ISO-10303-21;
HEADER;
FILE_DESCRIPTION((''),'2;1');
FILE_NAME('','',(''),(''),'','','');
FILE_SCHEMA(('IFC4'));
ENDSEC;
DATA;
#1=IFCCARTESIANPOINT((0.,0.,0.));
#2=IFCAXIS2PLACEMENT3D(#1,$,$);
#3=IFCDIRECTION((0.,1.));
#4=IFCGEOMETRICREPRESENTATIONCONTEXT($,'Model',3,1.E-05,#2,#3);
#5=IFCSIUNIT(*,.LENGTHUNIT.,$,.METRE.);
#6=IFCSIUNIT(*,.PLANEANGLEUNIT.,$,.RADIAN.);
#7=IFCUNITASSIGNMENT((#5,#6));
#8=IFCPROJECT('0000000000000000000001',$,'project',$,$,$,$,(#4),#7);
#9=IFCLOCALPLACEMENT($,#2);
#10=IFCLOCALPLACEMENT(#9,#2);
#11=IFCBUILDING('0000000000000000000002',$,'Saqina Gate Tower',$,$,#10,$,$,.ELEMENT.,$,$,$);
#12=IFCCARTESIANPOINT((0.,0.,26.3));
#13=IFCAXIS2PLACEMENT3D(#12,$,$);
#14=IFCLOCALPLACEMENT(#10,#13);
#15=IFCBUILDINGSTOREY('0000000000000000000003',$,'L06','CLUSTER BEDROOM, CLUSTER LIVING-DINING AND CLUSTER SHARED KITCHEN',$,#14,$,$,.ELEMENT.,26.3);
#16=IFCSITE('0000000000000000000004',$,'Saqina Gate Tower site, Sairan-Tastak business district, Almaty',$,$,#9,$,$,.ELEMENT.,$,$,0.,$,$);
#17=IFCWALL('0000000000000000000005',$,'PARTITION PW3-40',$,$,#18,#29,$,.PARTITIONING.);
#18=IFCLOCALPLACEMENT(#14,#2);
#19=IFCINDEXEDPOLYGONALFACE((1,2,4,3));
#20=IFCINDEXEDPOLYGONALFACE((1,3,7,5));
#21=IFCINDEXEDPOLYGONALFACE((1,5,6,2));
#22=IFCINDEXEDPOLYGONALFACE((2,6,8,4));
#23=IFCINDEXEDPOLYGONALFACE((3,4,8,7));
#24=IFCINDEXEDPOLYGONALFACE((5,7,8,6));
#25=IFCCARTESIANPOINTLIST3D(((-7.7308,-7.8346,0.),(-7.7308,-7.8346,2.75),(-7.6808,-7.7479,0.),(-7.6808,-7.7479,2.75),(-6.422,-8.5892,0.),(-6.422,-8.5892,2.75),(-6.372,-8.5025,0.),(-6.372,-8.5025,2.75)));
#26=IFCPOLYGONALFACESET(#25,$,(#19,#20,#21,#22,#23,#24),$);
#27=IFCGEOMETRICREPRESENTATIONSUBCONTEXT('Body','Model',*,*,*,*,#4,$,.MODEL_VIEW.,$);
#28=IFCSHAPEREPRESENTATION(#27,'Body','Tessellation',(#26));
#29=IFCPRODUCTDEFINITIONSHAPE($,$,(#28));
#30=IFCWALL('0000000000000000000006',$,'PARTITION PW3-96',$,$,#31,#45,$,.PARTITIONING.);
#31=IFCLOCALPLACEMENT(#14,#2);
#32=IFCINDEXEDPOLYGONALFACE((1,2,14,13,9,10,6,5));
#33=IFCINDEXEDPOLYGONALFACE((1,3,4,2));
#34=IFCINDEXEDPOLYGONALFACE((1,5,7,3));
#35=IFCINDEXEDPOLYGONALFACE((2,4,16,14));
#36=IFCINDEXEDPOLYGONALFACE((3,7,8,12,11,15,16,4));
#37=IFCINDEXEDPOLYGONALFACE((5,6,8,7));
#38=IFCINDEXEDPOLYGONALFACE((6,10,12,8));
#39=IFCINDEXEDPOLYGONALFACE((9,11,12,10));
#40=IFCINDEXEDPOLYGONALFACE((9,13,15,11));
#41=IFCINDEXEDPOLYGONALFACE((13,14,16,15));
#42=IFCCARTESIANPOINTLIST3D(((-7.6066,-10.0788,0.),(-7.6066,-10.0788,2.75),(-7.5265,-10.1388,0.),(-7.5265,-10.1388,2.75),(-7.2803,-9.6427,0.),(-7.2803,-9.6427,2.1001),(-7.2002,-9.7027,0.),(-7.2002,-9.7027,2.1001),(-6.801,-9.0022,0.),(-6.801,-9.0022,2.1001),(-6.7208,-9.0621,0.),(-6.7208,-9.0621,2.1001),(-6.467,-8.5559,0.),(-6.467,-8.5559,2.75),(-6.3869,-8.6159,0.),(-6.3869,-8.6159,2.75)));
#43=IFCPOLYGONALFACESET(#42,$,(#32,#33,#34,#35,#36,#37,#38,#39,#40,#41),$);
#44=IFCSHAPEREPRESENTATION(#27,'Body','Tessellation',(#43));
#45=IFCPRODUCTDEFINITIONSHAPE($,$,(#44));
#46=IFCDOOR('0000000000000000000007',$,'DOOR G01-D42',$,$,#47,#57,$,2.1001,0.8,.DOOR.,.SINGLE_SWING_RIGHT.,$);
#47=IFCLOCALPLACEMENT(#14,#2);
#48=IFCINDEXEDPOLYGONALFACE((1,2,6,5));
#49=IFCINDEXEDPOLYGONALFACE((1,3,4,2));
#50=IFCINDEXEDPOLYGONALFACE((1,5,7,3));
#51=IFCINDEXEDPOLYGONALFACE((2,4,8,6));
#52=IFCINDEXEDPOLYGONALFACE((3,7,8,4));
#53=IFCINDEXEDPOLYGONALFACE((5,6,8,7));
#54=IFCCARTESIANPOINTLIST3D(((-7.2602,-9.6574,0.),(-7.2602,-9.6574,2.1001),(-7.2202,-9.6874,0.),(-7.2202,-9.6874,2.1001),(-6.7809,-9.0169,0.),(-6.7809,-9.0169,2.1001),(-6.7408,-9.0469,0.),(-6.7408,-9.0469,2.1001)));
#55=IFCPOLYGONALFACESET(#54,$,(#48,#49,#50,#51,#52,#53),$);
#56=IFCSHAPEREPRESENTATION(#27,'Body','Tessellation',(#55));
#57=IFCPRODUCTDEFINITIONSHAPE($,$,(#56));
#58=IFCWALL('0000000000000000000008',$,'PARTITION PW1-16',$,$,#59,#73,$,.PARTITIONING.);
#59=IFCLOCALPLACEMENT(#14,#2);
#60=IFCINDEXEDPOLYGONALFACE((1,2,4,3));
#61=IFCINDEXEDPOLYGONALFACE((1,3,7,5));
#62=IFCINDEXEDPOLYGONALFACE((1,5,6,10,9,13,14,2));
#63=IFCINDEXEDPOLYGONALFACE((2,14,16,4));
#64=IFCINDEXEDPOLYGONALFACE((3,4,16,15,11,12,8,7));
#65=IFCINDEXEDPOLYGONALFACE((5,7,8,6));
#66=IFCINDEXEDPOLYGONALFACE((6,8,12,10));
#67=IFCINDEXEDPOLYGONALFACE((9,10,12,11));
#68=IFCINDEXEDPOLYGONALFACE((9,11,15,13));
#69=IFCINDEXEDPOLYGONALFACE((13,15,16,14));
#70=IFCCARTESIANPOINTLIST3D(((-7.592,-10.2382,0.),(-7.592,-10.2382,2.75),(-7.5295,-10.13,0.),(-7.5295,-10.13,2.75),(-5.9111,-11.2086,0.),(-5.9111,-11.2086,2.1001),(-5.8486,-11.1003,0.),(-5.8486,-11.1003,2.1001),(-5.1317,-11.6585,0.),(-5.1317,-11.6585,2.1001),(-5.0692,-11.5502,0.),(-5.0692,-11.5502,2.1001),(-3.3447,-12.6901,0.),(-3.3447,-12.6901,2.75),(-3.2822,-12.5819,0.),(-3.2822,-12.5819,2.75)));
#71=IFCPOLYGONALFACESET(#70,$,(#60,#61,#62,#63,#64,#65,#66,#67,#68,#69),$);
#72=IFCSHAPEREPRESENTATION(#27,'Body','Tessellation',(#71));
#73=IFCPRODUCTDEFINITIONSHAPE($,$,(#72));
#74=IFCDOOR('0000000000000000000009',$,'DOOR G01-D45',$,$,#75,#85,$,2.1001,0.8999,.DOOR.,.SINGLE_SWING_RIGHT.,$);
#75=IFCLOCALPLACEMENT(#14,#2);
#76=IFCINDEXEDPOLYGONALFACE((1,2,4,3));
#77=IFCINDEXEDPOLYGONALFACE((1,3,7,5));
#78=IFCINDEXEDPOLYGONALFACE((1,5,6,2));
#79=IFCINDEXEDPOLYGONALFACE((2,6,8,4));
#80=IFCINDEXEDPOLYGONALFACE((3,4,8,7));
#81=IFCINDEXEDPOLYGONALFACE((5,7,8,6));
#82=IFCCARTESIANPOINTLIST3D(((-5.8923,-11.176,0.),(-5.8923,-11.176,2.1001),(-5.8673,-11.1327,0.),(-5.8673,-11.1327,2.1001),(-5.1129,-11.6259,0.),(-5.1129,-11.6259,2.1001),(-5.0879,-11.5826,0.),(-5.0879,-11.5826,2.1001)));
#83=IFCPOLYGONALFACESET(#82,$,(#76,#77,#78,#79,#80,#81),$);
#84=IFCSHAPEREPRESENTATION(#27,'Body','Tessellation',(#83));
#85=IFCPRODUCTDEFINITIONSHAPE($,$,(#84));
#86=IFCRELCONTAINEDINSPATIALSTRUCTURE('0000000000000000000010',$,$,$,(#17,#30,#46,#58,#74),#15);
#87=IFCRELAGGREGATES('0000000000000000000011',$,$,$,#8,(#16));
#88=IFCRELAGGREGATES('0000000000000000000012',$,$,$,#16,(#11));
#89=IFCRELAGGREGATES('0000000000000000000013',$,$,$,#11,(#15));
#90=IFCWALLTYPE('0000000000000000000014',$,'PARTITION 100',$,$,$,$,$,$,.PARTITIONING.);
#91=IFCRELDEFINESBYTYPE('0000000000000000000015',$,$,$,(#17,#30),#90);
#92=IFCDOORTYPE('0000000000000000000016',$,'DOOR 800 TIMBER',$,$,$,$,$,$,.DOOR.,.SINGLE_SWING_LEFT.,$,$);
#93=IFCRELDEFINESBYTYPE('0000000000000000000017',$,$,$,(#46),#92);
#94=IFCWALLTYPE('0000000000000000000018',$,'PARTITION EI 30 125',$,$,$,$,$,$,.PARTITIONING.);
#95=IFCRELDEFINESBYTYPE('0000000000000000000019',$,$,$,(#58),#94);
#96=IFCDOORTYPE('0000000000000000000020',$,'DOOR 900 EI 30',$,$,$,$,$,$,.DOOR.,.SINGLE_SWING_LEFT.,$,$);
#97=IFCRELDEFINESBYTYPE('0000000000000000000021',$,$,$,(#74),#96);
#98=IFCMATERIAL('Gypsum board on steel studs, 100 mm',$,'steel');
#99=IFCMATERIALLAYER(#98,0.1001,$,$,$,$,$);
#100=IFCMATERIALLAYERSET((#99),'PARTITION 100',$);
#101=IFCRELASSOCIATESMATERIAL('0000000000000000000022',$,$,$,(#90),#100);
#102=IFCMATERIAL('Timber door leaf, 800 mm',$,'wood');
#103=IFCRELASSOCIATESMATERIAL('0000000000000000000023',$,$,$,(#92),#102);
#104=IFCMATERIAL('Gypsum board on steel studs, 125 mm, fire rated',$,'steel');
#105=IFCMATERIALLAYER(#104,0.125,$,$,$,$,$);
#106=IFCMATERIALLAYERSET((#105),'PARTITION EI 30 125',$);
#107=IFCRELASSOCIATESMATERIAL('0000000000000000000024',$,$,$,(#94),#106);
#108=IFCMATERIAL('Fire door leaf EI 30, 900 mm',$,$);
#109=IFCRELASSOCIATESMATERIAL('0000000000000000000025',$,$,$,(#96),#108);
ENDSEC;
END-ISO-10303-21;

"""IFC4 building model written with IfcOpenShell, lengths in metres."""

from ifc_helpers import new_model, si_unit, direction, frame, frame_2d, origin, place, context, subcontext, project, spatial, rectangle, extrude, material, layer, layer_set, type_object, element, fill, save


model = new_model("IFC4")

# Units and contexts
model_context = context("Model", 3, precision=1e-05, world=origin(), true_north=direction((0.0, 1.0)))
body_context = subcontext(model_context, "Body", "Model", "MODEL_VIEW")
ifc_project = project(units=[si_unit("LENGTHUNIT", "METRE"), si_unit("PLANEANGLEUNIT", "RADIAN")], contexts=[model_context])

# Site, building, storey
site_placement = place(None, origin())
site = spatial("IfcSite", under=ifc_project, at=site_placement, Name="Saqina Gate Tower site, Sairan-Tastak business district, Almaty", CompositionType="ELEMENT", RefElevation=0.0)
building_placement = place(site_placement, origin())
building = spatial("IfcBuilding", under=site, at=building_placement, Name="Saqina Gate Tower", CompositionType="ELEMENT")
storey_placement = place(building_placement, frame((0.0, 0.0, 26.3)))
storey = spatial("IfcBuildingStorey", under=building, at=storey_placement, Name="L06", Description="CLUSTER BEDROOM, CLUSTER LIVING-DINING AND CLUSTER SHARED KITCHEN", CompositionType="ELEMENT", Elevation=26.3)

# Wall
ifc_material_1 = material(Name="Gypsum board on steel studs, 100 mm", Category="steel")
ifc_layer_1 = layer(ifc_material_1, 0.1001)
ifc_layer_set_1 = layer_set([ifc_layer_1], Name="PARTITION 100")
wall_type_1 = type_object("IfcWallType", Name="PARTITION 100", PredefinedType="PARTITIONING", material=ifc_layer_set_1)
wall_1_placement = place(storey_placement, frame((-7.7058, -7.7913, 0.0), z_axis=(0.0, 0.0, 1.0), x_axis=(0.866317, -0.499494, 0.0)))
element("IfcWall", 1, at=wall_1_placement, inside=storey, type_object=wall_type_1, Name="PARTITION PW3-40", PredefinedType="PARTITIONING", context=body_context, shape_type="SweptSolid", body=[
    extrude(rectangle(XDim=1.5107, YDim=0.1001, at=frame_2d((0.7554, 0.0))), origin(), (0.0, 0.0, 1.0), 2.75),
])

# Walls, openings, doors
wall_2_placement = place(storey_placement, frame((-7.5667, -10.1089, 0.0), z_axis=(0.0, 0.0, 1.0), x_axis=(0.599137, 0.800646, 0.0)))
wall_2 = element("IfcWall", 2, at=wall_2_placement, inside=storey, type_object=wall_type_1, Name="PARTITION PW3-96", PredefinedType="PARTITIONING", context=body_context, shape_type="SweptSolid", body=[
    extrude(rectangle(XDim=1.9021, YDim=0.1001, at=frame_2d((0.9512, 0.0))), origin(), (0.0, 0.0, 1.0), 2.75),
])
opening_1_placement = place(wall_2_placement, frame((0.5449, 0.0, 0.0)))
opening_1 = element("IfcOpeningElement", 3, at=opening_1_placement, cuts=wall_2, PredefinedType="OPENING", context=body_context, shape_type="SweptSolid", body=[
    extrude(rectangle(XDim=0.8, YDim=2.1001, at=frame_2d((0.3999, 1.05))), frame((0.0, 0.062, 0.0), z_axis=(0.0, -1.0, 0.0), x_axis=(1.0, 0.0, 0.0)), (0.0, 0.0, 1.0), 0.124),
])
ifc_material_2 = material(Name="Timber door leaf, 800 mm", Category="wood")
door_type_1 = type_object("IfcDoorType", Name="DOOR 800 TIMBER", OperationType="SINGLE_SWING_LEFT", PredefinedType="DOOR", material=ifc_material_2)
door_1_placement = place(opening_1_placement, frame((0.8, 0.0, 0.0), z_axis=(0.0, 0.0, 1.0), x_axis=(-1.0, 0.0, 0.0)))
door_1 = element("IfcDoor", 4, at=door_1_placement, inside=storey, type_object=door_type_1, Name="DOOR G01-D42", OperationType="SINGLE_SWING_RIGHT", OverallHeight=2.1001, OverallWidth=0.8, PredefinedType="DOOR", context=body_context, shape_type="SweptSolid", body=[
    extrude(rectangle(XDim=0.8, YDim=2.1001, at=frame_2d((0.3999, 1.05))), frame((0.0, 0.0249, 0.0), z_axis=(0.0, -1.0, 0.0), x_axis=(1.0, 0.0, 0.0)), (0.0, 0.0, 1.0), 0.05),
])
fill(opening_1, door_1)
ifc_material_3 = material(Name="Gypsum board on steel studs, 125 mm, fire rated", Category="steel")
ifc_layer_2 = layer(ifc_material_3, 0.125)
ifc_layer_set_2 = layer_set([ifc_layer_2], Name="PARTITION EI 30 125")
wall_type_2 = type_object("IfcWallType", Name="PARTITION EI 30 125", PredefinedType="PARTITIONING", material=ifc_layer_set_2)
wall_3_placement = place(storey_placement, frame((-7.5608, -10.1841, 0.0), z_axis=(0.0, 0.0, 1.0), x_axis=(0.86605, -0.499957, 0.0)))
wall_3 = element("IfcWall", 5, at=wall_3_placement, inside=storey, type_object=wall_type_2, Name="PARTITION PW1-16", PredefinedType="PARTITIONING", context=body_context, shape_type="SweptSolid", body=[
    extrude(rectangle(XDim=4.9043, YDim=0.125, at=frame_2d((2.4521, 0.0))), origin(), (0.0, 0.0, 1.0), 2.75),
])
opening_2_placement = place(wall_3_placement, frame((1.9409, 0.0, 0.0)))
opening_2 = element("IfcOpeningElement", 6, at=opening_2_placement, cuts=wall_3, PredefinedType="OPENING", context=body_context, shape_type="SweptSolid", body=[
    extrude(rectangle(XDim=0.8999, YDim=2.1001, at=frame_2d((0.45, 1.05))), frame((0.0, 0.0745, 0.0), z_axis=(0.0, -1.0, 0.0), x_axis=(1.0, 0.0, 0.0)), (0.0, 0.0, 1.0), 0.1489),
])
ifc_material_4 = material(Name="Fire door leaf EI 30, 900 mm")
door_type_2 = type_object("IfcDoorType", Name="DOOR 900 EI 30", OperationType="SINGLE_SWING_LEFT", PredefinedType="DOOR", material=ifc_material_4)
door_2_placement = place(opening_2_placement, frame((0.8999, 0.0, 0.0), z_axis=(0.0, 0.0, 1.0), x_axis=(-1.0, 0.0, 0.0)))
door_2 = element("IfcDoor", 7, at=door_2_placement, inside=storey, type_object=door_type_2, Name="DOOR G01-D45", OperationType="SINGLE_SWING_RIGHT", OverallHeight=2.1001, OverallWidth=0.8999, PredefinedType="DOOR", context=body_context, shape_type="SweptSolid", body=[
    extrude(rectangle(XDim=0.8999, YDim=2.1001, at=frame_2d((0.45, 1.05))), frame((0.0, 0.0249, 0.0), z_axis=(0.0, -1.0, 0.0), x_axis=(1.0, 0.0, 0.0)), (0.0, 0.0, 1.0), 0.05),
])
fill(opening_2, door_2)

save(model, "model.ifc")
